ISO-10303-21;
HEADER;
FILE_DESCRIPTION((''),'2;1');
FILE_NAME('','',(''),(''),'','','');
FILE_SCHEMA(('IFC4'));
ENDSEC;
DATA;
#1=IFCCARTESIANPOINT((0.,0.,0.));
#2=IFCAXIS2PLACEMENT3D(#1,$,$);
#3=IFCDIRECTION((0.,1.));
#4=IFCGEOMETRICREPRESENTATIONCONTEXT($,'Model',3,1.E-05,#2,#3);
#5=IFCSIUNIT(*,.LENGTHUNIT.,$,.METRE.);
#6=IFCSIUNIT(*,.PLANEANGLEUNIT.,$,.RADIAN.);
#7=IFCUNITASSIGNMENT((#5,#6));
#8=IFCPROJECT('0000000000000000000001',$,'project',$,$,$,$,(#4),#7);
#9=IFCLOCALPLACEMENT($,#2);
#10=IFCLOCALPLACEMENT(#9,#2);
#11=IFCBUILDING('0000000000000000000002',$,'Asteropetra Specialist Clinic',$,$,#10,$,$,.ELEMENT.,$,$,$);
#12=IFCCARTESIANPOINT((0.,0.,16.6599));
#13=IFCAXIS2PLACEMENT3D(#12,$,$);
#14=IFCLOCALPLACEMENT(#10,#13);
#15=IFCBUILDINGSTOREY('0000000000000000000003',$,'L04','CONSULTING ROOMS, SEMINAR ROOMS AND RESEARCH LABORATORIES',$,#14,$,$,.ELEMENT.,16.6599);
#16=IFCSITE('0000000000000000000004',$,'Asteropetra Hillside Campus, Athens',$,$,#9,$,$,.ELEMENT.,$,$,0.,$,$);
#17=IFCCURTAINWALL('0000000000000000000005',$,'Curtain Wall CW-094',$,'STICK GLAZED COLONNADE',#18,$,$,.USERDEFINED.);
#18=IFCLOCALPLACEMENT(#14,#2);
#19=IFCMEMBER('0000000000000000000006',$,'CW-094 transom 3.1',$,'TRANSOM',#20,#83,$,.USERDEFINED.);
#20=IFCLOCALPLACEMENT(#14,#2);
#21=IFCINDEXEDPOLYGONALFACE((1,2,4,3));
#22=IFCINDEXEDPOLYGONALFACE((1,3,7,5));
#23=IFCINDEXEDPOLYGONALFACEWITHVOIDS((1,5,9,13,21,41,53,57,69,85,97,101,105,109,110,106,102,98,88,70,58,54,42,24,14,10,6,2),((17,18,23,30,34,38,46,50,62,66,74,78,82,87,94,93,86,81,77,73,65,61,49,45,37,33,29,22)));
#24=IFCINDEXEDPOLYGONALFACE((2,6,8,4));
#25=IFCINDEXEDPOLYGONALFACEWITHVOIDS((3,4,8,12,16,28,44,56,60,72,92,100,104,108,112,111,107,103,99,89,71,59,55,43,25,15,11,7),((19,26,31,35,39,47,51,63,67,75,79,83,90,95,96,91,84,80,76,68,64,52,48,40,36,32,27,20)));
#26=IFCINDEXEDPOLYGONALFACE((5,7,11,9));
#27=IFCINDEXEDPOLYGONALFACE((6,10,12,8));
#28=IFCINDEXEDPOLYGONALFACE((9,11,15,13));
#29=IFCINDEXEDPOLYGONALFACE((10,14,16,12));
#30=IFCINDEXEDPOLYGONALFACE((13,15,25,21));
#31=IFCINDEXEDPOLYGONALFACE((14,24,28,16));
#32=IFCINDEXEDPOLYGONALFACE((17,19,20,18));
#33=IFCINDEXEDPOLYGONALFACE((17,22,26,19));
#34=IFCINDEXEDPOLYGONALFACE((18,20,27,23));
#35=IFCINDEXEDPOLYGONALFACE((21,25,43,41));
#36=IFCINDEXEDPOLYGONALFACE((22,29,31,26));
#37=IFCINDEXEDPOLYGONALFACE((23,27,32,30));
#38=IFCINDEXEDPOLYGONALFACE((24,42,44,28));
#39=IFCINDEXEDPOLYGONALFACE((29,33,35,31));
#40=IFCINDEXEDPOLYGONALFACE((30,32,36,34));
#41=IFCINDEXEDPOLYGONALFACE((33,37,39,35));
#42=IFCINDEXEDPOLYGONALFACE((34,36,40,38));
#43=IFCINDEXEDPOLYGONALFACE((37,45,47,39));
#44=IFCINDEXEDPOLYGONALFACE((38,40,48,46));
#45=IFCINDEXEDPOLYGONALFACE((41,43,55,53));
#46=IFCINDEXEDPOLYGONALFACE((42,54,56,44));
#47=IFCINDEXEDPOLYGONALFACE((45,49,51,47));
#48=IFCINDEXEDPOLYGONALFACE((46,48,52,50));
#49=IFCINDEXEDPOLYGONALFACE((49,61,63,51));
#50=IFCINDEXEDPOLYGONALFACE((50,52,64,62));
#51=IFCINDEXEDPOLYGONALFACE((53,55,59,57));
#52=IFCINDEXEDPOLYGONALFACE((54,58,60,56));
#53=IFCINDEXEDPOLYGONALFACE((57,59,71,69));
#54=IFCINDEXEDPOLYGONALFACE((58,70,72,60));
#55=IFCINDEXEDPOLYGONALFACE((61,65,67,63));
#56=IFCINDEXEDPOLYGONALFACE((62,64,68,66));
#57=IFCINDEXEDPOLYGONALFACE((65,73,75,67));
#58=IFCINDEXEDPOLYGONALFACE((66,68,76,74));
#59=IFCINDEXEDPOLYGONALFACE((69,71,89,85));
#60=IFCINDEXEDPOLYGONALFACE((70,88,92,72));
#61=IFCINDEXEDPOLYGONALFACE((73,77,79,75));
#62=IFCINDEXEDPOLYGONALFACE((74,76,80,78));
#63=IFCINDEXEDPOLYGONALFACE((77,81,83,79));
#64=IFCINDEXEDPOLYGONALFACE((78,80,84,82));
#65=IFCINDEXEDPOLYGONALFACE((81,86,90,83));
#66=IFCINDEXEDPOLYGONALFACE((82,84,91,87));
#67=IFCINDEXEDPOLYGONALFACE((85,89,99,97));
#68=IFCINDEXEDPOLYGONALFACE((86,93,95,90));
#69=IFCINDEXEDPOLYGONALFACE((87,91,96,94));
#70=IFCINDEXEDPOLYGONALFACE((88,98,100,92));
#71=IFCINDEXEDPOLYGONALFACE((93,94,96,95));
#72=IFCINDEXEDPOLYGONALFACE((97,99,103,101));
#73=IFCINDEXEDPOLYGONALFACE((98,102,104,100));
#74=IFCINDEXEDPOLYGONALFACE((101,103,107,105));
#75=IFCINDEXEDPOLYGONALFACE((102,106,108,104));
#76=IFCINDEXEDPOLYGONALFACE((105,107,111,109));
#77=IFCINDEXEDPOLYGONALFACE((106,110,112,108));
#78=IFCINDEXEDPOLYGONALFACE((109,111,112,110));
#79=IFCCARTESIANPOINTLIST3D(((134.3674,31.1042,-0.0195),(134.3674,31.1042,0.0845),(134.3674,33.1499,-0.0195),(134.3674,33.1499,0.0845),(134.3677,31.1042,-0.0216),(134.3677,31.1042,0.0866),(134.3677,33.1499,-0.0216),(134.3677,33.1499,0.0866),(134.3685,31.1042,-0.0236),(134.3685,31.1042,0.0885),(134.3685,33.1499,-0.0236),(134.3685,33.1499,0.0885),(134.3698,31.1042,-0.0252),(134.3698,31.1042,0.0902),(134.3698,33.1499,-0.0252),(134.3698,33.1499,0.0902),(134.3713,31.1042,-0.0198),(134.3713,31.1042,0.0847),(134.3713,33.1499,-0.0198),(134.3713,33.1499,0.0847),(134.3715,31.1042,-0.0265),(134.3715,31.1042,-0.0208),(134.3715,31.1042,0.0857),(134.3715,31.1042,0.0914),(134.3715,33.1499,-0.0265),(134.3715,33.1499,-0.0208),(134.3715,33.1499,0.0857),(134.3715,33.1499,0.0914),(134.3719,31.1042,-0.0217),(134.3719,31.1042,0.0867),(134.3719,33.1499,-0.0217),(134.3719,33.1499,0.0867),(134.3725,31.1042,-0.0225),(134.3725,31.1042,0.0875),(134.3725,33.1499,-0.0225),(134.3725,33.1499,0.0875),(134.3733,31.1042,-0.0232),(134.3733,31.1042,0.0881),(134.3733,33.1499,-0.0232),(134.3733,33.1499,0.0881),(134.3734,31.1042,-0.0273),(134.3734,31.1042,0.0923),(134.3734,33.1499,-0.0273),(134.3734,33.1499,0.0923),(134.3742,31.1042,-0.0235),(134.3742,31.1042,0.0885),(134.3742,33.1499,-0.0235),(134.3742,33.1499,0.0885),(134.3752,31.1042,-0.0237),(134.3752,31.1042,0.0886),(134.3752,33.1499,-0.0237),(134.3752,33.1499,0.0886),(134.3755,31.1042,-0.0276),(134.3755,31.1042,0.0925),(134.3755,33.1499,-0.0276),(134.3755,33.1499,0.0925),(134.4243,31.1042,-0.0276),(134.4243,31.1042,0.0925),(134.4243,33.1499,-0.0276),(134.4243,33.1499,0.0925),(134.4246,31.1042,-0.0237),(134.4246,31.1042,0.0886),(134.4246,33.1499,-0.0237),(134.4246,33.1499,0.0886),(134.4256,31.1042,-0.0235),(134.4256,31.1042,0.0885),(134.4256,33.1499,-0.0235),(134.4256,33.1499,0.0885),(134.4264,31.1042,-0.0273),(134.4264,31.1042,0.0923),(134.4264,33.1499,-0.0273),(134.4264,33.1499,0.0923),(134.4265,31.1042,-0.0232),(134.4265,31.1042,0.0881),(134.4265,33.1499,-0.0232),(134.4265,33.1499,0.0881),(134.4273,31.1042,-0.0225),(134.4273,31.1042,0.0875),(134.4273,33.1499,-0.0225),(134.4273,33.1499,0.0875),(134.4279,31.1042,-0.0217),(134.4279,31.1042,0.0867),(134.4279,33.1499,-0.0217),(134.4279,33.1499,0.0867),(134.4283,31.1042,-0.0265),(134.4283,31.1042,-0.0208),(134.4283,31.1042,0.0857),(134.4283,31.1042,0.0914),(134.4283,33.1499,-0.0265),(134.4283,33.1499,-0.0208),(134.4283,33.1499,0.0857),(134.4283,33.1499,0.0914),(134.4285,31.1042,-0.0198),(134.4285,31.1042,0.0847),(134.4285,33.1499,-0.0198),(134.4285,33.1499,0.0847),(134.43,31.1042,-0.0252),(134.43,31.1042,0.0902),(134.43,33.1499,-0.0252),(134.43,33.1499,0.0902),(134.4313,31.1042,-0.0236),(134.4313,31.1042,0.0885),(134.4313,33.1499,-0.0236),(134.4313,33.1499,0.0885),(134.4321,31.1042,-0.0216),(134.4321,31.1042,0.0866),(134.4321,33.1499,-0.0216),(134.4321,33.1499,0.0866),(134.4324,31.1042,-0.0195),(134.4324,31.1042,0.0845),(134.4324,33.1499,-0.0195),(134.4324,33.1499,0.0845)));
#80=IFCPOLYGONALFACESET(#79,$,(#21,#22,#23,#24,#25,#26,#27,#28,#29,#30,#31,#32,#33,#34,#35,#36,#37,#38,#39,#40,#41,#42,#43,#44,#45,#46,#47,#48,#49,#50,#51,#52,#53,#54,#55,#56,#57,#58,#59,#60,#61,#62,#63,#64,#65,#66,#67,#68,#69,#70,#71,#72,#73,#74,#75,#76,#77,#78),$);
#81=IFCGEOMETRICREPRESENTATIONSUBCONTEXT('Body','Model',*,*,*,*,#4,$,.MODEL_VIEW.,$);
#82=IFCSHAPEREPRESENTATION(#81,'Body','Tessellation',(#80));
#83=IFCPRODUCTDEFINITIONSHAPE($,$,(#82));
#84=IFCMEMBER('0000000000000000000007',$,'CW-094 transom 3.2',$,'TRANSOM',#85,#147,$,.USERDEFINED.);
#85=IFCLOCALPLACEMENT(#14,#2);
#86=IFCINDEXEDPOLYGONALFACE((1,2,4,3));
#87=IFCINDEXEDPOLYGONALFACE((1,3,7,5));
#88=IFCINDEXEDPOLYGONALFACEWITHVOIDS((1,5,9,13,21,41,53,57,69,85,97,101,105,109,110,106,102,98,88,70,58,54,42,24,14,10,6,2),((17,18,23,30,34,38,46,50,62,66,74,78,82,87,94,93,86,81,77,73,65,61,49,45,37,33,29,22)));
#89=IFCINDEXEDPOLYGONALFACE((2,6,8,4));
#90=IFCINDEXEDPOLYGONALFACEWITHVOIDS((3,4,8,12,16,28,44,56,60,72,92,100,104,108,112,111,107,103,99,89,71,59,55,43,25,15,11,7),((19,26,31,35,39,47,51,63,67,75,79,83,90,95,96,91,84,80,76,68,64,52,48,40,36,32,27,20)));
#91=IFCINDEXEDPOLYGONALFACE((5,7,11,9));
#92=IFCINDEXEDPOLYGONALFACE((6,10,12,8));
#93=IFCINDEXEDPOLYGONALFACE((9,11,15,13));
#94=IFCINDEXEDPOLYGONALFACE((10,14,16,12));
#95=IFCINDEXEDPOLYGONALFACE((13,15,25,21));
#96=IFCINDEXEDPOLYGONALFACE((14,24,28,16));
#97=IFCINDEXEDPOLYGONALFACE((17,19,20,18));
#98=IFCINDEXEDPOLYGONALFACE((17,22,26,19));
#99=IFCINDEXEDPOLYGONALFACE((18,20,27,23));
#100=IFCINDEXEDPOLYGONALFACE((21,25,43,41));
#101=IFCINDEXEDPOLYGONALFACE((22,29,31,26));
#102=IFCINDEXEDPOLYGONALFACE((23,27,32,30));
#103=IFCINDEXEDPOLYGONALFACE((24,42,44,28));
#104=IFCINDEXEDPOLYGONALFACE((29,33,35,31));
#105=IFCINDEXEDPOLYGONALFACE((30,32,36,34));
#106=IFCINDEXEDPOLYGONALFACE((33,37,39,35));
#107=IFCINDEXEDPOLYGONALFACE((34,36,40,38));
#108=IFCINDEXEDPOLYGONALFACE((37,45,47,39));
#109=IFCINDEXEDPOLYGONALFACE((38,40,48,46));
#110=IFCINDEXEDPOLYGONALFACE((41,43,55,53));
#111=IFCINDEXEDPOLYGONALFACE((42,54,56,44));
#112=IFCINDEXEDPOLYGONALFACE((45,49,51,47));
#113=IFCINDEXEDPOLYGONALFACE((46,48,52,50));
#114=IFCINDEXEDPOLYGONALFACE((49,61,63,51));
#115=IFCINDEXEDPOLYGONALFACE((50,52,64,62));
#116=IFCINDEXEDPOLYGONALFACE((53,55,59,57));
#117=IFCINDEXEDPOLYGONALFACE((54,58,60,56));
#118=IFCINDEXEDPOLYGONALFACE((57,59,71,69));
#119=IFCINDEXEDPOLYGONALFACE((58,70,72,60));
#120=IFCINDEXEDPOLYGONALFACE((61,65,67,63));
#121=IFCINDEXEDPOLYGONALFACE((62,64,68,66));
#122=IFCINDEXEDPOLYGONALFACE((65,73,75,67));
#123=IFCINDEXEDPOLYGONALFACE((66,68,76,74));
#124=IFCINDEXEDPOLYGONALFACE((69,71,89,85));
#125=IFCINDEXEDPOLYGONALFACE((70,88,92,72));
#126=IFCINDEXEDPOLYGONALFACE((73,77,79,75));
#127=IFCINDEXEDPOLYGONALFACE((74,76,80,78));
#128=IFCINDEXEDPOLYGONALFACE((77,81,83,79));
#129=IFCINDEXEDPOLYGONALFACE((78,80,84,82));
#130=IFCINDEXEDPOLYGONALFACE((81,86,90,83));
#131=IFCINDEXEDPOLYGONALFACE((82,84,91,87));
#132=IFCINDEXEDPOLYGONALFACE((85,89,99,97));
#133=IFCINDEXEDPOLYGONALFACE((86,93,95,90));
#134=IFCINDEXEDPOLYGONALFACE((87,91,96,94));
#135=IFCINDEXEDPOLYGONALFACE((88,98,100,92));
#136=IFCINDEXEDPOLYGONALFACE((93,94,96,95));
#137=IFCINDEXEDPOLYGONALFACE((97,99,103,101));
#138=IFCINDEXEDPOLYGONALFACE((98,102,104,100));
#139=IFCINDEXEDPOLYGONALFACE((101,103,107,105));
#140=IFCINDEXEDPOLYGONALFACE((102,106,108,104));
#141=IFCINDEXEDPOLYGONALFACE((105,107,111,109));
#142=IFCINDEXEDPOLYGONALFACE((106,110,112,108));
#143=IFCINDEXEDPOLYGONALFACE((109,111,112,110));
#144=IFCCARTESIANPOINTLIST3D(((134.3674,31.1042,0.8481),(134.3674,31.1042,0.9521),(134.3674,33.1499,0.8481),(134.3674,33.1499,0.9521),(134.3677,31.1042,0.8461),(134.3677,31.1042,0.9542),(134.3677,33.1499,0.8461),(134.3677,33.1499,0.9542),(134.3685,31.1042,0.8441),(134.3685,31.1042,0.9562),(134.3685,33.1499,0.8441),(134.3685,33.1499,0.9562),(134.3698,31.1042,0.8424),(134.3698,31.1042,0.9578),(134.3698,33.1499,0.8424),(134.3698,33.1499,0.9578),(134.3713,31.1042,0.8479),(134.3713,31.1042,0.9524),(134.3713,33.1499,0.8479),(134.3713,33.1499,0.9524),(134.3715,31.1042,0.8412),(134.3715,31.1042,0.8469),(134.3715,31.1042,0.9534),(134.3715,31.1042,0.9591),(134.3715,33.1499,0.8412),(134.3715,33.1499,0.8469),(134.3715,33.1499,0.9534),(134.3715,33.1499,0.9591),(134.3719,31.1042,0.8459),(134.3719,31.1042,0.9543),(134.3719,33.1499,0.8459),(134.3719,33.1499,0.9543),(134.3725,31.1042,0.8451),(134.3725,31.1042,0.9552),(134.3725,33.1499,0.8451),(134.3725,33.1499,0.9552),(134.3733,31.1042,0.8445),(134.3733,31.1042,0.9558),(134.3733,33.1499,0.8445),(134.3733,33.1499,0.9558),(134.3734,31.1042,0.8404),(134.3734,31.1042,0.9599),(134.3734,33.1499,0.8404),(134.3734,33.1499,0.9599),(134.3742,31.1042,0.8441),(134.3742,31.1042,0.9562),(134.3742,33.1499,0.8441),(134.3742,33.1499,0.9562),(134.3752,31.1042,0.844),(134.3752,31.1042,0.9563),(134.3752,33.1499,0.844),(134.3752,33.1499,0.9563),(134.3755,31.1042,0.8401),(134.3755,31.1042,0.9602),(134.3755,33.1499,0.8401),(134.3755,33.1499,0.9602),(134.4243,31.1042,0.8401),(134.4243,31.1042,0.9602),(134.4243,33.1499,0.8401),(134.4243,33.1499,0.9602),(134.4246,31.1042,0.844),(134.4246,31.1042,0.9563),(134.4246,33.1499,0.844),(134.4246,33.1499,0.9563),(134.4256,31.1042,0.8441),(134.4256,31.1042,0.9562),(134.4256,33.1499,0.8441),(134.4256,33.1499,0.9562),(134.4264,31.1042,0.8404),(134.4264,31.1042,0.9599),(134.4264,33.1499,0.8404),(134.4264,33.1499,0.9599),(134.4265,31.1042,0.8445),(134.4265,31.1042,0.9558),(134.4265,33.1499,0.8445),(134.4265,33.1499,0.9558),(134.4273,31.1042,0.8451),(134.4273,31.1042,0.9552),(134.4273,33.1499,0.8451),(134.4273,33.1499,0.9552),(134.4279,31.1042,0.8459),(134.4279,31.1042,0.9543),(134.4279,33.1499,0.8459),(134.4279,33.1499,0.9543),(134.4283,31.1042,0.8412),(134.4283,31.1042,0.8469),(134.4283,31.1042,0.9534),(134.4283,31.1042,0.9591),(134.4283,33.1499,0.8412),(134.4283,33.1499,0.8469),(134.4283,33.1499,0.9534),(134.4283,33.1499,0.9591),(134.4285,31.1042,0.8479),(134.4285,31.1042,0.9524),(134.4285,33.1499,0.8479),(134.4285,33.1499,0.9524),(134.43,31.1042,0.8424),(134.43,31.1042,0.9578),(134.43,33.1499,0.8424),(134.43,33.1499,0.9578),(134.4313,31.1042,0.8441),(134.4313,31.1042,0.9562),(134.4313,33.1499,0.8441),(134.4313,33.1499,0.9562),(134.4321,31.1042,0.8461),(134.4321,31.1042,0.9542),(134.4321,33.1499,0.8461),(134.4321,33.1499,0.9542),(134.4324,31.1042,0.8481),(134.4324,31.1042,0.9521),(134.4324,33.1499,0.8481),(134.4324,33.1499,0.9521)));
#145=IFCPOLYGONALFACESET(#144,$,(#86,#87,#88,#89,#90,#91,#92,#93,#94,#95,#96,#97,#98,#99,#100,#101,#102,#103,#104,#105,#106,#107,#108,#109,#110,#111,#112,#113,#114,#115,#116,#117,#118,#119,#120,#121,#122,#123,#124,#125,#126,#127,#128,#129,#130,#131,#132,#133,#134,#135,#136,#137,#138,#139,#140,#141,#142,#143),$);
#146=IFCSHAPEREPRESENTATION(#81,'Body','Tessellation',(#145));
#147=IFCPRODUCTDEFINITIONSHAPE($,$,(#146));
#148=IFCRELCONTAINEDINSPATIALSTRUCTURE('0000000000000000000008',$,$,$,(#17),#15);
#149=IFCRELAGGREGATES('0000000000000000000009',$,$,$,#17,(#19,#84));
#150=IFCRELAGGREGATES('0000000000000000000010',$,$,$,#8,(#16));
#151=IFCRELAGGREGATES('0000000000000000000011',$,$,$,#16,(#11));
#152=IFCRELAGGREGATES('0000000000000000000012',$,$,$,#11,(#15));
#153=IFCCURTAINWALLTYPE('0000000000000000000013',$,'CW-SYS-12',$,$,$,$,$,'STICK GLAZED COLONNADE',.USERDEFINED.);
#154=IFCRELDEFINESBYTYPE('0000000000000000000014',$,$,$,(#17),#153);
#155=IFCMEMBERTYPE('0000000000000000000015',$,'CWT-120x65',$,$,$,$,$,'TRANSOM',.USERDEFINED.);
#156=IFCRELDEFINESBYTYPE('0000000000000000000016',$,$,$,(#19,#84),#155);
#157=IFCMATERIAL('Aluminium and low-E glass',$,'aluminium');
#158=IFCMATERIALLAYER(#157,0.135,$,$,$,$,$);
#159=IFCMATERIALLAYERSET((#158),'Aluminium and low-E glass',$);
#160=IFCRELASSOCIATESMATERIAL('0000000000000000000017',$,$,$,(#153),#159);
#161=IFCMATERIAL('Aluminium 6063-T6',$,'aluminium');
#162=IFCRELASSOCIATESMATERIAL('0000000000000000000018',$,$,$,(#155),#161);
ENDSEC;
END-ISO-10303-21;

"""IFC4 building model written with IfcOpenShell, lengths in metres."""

from ifc_helpers import new_model, si_unit, direction, frame, origin, origin_2d, place, context, subcontext, project, spatial, hollow_rectangle, extrude, material, layer, layer_set, material_profile, profile_set, type_object, element, aggregate, save


model = new_model("IFC4")

# Units and contexts
model_context = context("Model", 3, precision=1e-05, world=origin(), true_north=direction((0.0, 1.0)))
body_context = subcontext(model_context, "Body", "Model", "MODEL_VIEW")
ifc_project = project(units=[si_unit("LENGTHUNIT", "METRE"), si_unit("PLANEANGLEUNIT", "RADIAN")], contexts=[model_context])

# Site, building, storey
site_placement = place(None, origin())
site = spatial("IfcSite", under=ifc_project, at=site_placement, Name="Asteropetra Hillside Campus, Athens", CompositionType="ELEMENT", RefElevation=0.0)
building_placement = place(site_placement, origin())
building = spatial("IfcBuilding", under=site, at=building_placement, Name="Asteropetra Specialist Clinic", CompositionType="ELEMENT")
storey_placement = place(building_placement, frame((0.0, 0.0, 16.6599)))
storey = spatial("IfcBuildingStorey", under=building, at=storey_placement, Name="L04", Description="CONSULTING ROOMS, SEMINAR ROOMS AND RESEARCH LABORATORIES", CompositionType="ELEMENT", Elevation=16.6599)

# Curtain wall, members
ifc_material_1 = material(Name="Aluminium and low-E glass", Category="aluminium")
ifc_layer_1 = layer(ifc_material_1, 0.135)
ifc_layer_set_1 = layer_set([ifc_layer_1], Name="Aluminium and low-E glass")
curtain_wall_type = type_object("IfcCurtainWallType", Name="CW-SYS-12", ElementType="STICK GLAZED COLONNADE", PredefinedType="USERDEFINED", material=ifc_layer_set_1)
curtain_wall_placement = place(storey_placement, origin())
curtain_wall = element("IfcCurtainWall", 1, at=curtain_wall_placement, inside=storey, type_object=curtain_wall_type, Name="Curtain Wall CW-094", ObjectType="STICK GLAZED COLONNADE", PredefinedType="USERDEFINED")
ifc_material_2 = material(Name="Aluminium 6063-T6", Category="aluminium")
ifc_material_profile_1 = material_profile(ifc_material_2, hollow_rectangle(XDim=0.0649, YDim=0.1201, WallThickness=0.0039, InnerFilletRadius=0.0039, OuterFilletRadius=0.0081, at=origin_2d()), Name="TRN 120x65x4.0")
ifc_profile_set_1 = profile_set([ifc_material_profile_1], Name="Aluminium 6063-T6")
member_type_1 = type_object("IfcMemberType", Name="CWT-120x65", ElementType="TRANSOM", PredefinedType="USERDEFINED", material=ifc_profile_set_1)
member_1_placement = place(storey_placement, frame((134.3999, 31.1042, 0.0325), z_axis=(0.0, 1.0, 0.0), x_axis=(-1.0, 0.0, 0.0)))
member_1 = element("IfcMember", 2, at=member_1_placement, type_object=member_type_1, Name="CW-094 transom 3.1", ObjectType="TRANSOM", PredefinedType="USERDEFINED", context=body_context, shape_type="SweptSolid", body=[
    extrude(hollow_rectangle(XDim=0.0649, YDim=0.1201, WallThickness=0.0039, InnerFilletRadius=0.0039, OuterFilletRadius=0.0081, at=origin_2d()), origin(), (0.0, 0.0, 1.0), 2.0457),
])
member_2_placement = place(storey_placement, frame((134.3999, 31.1042, 0.9001), z_axis=(0.0, 1.0, 0.0), x_axis=(-1.0, 0.0, 0.0)))
member_2 = element("IfcMember", 3, at=member_2_placement, type_object=member_type_1, Name="CW-094 transom 3.2", ObjectType="TRANSOM", PredefinedType="USERDEFINED", context=body_context, shape_type="SweptSolid", body=[
    extrude(hollow_rectangle(XDim=0.0649, YDim=0.1201, WallThickness=0.0039, InnerFilletRadius=0.0039, OuterFilletRadius=0.0081, at=origin_2d()), origin(), (0.0, 0.0, 1.0), 2.0457),
])

aggregate(curtain_wall, [member_1, member_2])

save(model, "model.ifc")
